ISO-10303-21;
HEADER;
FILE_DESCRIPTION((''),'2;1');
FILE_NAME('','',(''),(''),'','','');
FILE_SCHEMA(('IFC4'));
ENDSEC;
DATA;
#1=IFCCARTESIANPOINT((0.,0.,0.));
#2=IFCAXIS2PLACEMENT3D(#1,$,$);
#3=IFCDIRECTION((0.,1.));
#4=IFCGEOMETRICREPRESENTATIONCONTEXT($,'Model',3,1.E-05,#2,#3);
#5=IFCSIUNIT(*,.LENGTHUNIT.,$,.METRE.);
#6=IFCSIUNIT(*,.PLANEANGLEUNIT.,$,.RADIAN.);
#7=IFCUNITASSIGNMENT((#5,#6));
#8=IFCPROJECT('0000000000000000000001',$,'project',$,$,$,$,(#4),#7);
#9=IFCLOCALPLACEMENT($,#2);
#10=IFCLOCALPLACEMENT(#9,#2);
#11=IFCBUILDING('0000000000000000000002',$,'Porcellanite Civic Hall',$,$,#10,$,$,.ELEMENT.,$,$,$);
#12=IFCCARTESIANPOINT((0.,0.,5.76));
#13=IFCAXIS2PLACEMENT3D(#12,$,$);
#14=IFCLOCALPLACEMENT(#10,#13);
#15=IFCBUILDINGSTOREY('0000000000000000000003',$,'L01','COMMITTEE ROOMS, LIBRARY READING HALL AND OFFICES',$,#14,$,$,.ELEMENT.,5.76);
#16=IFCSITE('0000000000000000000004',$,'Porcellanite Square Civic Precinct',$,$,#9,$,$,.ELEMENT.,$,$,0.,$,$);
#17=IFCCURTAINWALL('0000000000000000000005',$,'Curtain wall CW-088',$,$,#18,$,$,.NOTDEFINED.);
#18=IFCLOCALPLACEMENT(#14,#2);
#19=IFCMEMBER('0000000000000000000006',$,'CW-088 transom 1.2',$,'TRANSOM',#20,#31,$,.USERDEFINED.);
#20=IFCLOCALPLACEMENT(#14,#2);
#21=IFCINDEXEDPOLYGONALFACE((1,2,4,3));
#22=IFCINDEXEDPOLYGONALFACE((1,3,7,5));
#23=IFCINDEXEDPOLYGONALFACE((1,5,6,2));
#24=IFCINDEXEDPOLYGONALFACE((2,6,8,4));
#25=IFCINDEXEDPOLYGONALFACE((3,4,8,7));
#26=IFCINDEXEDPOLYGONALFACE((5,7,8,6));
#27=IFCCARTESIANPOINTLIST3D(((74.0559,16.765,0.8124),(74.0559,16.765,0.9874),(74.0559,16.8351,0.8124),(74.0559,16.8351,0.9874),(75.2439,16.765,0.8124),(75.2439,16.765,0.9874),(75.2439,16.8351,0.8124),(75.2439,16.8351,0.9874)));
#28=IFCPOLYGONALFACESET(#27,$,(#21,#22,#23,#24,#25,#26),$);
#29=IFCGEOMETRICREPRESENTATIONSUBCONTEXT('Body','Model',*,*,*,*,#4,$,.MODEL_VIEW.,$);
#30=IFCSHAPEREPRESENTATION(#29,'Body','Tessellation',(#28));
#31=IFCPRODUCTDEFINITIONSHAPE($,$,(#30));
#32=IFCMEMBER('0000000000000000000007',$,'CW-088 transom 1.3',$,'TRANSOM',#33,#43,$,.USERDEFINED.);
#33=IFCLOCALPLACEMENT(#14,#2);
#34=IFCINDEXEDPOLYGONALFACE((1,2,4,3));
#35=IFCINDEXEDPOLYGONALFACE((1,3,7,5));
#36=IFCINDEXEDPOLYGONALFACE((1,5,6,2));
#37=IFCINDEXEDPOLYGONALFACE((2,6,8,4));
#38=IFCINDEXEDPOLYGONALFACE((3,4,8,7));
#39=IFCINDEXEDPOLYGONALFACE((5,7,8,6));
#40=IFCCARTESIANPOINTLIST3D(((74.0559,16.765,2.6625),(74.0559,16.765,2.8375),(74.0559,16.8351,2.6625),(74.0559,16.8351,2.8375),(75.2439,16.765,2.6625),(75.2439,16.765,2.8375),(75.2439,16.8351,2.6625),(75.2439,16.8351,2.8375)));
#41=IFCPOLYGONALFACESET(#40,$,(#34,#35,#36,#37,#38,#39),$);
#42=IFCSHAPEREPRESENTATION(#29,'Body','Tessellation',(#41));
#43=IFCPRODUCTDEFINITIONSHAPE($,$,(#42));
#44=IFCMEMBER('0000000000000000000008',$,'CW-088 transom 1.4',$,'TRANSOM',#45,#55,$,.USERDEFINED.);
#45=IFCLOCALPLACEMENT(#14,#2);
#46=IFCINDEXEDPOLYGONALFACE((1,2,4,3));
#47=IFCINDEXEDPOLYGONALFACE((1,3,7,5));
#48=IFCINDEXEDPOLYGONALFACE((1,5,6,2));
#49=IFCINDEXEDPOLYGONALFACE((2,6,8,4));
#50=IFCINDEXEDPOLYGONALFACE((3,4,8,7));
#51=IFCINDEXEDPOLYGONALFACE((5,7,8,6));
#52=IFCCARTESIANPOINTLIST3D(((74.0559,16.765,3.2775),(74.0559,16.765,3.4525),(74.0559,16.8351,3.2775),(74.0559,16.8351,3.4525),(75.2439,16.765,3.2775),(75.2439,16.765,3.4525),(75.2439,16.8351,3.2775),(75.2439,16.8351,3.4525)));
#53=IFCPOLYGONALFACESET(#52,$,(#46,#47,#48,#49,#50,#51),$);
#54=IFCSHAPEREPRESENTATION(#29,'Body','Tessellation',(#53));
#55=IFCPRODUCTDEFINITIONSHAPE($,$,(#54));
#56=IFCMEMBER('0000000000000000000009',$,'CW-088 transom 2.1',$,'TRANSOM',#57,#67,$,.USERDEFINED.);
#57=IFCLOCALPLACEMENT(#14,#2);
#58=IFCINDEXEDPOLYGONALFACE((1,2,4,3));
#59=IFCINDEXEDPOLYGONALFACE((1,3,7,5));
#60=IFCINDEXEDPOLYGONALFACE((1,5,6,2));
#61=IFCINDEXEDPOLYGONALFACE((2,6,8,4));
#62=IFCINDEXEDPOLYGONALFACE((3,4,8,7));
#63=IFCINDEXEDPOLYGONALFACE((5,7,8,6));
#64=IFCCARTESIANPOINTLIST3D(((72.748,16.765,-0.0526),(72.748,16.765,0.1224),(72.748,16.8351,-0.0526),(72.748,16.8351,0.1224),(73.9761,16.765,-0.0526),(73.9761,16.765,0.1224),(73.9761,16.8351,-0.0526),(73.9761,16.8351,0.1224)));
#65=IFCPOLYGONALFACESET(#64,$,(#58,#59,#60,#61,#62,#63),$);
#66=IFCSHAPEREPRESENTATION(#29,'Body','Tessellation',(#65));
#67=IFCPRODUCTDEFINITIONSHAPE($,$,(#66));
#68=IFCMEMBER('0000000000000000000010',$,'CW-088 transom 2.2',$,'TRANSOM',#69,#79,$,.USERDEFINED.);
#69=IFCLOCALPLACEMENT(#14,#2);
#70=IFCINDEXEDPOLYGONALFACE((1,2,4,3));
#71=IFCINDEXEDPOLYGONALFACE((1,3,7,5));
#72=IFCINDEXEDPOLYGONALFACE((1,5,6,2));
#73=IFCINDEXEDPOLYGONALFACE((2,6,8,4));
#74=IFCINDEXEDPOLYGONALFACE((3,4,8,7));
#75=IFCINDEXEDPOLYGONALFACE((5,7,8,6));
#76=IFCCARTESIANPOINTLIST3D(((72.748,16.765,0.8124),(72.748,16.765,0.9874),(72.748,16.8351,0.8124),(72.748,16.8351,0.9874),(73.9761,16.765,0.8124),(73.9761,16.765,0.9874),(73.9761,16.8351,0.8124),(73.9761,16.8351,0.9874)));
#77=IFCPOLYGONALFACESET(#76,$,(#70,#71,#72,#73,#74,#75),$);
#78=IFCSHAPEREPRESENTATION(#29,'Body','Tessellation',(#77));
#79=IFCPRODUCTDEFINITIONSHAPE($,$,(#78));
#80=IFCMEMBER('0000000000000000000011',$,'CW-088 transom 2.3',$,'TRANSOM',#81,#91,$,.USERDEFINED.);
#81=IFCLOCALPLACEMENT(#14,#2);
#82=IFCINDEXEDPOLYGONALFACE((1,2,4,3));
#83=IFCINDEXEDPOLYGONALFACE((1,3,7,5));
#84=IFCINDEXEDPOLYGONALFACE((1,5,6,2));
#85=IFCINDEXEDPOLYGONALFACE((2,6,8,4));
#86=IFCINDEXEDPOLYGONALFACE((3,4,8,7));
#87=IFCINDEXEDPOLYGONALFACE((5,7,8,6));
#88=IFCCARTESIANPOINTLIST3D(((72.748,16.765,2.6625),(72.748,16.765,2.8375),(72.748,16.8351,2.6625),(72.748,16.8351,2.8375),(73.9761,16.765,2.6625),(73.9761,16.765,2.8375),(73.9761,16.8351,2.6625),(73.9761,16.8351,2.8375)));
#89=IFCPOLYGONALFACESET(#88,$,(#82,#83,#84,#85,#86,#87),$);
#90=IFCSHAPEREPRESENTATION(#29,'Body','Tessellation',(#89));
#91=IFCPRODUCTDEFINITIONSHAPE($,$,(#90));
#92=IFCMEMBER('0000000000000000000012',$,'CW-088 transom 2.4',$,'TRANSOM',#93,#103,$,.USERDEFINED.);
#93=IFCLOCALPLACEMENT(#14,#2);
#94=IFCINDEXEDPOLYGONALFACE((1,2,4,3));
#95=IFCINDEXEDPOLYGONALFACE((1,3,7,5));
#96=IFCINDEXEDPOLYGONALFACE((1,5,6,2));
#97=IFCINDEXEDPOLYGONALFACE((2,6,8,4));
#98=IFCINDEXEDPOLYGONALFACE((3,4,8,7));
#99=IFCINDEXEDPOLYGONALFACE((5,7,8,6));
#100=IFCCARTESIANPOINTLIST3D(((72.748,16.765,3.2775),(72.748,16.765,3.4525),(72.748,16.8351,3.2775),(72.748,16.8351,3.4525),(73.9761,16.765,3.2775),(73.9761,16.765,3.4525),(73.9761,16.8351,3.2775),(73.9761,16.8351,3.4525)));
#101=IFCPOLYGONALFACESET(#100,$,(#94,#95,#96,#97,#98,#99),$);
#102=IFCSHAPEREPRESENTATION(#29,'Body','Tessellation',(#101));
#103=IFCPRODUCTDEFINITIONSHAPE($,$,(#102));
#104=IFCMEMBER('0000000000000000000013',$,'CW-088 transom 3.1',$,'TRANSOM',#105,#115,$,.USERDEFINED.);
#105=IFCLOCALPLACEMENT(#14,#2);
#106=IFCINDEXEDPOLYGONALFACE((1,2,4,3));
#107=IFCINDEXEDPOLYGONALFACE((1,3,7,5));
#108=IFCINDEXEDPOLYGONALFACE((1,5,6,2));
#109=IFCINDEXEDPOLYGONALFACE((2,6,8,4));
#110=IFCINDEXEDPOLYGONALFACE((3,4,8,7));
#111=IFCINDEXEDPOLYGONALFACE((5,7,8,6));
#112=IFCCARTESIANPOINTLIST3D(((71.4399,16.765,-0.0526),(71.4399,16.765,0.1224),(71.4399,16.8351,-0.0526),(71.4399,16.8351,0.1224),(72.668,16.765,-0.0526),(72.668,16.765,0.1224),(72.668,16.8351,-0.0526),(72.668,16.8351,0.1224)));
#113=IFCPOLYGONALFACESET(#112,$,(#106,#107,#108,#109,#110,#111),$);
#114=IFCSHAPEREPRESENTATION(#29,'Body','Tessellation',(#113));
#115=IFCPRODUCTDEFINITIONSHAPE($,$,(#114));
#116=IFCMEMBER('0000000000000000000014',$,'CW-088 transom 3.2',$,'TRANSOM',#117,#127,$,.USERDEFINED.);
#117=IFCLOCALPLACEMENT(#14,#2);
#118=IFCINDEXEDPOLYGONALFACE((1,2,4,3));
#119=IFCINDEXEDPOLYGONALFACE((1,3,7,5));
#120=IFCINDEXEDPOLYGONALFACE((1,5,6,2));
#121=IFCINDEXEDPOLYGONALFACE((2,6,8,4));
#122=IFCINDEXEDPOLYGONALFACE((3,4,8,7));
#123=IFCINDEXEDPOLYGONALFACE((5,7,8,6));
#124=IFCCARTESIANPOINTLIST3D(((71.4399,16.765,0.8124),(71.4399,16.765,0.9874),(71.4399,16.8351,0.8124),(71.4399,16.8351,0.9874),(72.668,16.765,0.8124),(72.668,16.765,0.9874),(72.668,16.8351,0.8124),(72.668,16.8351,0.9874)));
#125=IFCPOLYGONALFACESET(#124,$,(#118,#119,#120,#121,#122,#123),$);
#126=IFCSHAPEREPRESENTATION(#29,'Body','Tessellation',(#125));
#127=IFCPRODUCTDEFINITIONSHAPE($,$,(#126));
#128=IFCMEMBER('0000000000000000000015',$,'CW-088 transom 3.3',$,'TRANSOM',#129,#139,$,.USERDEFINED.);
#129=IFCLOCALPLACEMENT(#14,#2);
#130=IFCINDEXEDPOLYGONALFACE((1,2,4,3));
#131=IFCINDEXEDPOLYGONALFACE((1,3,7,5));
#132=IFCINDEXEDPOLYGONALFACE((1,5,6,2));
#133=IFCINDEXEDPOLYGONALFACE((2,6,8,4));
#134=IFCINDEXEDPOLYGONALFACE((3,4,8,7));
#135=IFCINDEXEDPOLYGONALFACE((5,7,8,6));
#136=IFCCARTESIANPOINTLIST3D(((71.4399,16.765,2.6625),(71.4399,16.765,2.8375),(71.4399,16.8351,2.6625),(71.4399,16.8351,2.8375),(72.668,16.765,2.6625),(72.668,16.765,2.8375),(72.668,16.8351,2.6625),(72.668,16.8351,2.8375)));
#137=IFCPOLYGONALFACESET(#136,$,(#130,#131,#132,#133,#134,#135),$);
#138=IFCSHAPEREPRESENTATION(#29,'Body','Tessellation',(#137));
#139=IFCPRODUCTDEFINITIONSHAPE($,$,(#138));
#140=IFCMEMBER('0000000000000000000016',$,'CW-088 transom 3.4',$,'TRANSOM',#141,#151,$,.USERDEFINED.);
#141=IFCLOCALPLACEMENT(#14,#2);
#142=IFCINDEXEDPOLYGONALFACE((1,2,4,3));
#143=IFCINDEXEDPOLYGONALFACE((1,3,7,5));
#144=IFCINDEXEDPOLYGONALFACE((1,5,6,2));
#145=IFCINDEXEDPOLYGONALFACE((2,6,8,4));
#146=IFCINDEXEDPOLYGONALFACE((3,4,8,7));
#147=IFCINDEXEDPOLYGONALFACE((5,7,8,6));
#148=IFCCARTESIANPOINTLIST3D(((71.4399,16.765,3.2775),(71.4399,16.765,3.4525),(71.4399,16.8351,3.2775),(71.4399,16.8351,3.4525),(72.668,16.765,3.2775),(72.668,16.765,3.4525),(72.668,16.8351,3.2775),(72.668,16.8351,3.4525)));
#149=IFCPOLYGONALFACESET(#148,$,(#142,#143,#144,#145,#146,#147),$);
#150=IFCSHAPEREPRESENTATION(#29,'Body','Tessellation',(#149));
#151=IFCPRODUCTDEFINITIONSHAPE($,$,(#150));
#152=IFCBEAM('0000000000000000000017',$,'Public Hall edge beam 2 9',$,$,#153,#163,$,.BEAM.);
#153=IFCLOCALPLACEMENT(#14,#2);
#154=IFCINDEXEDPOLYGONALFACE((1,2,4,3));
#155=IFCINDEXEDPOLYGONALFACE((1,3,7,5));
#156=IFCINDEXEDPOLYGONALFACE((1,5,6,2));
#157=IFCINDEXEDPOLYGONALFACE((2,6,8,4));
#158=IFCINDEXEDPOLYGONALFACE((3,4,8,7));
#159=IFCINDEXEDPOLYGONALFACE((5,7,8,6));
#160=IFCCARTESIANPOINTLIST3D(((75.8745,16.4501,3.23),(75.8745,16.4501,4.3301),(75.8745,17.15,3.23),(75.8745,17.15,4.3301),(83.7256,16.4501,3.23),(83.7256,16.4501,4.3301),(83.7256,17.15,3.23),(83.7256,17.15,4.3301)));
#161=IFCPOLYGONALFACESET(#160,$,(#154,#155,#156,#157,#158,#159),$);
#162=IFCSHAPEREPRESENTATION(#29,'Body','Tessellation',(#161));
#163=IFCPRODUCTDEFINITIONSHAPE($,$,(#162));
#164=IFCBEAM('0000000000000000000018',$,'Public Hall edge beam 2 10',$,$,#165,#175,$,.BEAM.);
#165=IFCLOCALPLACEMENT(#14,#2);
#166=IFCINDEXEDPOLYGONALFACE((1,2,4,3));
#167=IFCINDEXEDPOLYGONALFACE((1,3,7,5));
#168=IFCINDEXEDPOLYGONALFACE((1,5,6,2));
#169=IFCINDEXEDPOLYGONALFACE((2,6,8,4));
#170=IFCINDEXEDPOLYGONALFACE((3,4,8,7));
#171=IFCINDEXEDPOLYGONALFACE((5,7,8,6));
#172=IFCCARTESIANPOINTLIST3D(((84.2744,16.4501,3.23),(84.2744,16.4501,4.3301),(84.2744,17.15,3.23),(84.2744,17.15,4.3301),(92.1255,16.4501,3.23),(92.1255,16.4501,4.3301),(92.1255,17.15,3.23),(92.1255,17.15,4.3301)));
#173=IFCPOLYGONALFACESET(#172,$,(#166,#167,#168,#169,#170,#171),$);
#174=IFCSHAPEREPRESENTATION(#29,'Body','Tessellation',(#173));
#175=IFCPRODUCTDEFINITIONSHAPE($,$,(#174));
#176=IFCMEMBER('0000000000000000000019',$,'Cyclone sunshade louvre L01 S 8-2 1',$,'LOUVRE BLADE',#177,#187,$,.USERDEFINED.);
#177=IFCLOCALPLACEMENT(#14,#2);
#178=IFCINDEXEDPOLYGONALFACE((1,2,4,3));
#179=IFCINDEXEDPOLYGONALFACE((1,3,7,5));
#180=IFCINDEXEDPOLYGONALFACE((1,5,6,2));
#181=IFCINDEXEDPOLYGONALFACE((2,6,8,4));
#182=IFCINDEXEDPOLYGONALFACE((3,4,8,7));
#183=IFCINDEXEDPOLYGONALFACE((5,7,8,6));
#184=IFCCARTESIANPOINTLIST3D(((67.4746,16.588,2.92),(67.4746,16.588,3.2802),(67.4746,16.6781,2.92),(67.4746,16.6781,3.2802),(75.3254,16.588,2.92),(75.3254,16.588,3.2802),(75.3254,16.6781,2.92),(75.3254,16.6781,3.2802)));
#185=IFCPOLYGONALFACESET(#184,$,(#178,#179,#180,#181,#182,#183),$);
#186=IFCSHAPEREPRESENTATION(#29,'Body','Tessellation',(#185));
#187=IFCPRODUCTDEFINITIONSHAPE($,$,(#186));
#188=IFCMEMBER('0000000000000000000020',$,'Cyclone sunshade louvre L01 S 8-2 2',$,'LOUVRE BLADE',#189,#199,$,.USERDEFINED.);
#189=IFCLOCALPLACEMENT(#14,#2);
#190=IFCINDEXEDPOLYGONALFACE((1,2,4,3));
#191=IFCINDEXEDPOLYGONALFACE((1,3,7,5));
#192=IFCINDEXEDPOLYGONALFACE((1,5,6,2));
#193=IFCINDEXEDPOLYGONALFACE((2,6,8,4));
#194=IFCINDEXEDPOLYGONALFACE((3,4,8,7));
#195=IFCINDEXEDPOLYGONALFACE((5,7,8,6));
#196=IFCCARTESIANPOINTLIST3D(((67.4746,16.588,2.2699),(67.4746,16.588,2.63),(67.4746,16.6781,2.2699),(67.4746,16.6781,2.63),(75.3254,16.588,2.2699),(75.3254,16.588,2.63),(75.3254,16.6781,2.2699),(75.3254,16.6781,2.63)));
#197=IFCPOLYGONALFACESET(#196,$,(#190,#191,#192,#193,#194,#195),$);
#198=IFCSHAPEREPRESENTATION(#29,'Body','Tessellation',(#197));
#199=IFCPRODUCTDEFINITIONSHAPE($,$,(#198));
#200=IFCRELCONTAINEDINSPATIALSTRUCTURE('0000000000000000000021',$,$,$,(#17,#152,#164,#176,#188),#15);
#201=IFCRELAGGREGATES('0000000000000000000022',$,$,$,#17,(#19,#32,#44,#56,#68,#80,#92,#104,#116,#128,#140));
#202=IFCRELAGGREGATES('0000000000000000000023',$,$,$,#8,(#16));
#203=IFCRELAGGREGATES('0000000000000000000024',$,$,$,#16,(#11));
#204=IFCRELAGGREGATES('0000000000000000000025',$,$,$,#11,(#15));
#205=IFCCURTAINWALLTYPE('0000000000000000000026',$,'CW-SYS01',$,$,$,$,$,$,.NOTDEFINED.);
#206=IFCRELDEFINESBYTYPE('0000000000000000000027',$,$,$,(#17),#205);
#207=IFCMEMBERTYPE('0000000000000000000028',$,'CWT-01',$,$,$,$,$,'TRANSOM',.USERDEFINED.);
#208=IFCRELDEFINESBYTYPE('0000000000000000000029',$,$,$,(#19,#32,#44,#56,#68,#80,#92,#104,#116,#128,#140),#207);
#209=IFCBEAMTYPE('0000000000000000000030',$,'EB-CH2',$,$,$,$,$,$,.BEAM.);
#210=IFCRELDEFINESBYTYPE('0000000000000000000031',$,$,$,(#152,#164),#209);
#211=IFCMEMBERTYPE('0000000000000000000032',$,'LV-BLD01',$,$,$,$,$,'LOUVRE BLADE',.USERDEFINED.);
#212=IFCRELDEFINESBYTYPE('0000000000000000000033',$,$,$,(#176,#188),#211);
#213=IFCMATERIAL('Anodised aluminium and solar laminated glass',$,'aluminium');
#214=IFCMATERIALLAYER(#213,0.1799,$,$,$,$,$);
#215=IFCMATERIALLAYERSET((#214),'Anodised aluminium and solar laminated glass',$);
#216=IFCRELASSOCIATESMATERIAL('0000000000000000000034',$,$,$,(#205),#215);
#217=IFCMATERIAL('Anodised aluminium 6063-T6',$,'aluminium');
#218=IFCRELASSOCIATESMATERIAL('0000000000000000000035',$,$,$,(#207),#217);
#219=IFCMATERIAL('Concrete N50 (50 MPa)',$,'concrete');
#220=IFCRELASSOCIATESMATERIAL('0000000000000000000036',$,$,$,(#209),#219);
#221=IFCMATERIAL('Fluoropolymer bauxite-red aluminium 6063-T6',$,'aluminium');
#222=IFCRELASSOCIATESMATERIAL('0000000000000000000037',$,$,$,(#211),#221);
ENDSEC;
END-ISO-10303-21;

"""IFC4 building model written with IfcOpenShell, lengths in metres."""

from ifc_helpers import new_model, si_unit, direction, frame, origin, origin_2d, place, context, subcontext, project, spatial, rectangle, extrude, material, layer, layer_set, material_profile, profile_set, type_object, element, aggregate, save


model = new_model("IFC4")

# Units and contexts
model_context = context("Model", 3, precision=1e-05, world=origin(), true_north=direction((0.0, 1.0)))
body_context = subcontext(model_context, "Body", "Model", "MODEL_VIEW")
ifc_project = project(units=[si_unit("LENGTHUNIT", "METRE"), si_unit("PLANEANGLEUNIT", "RADIAN")], contexts=[model_context])

# Site, building, storey
site_placement = place(None, origin())
site = spatial("IfcSite", under=ifc_project, at=site_placement, Name="Porcellanite Square Civic Precinct", CompositionType="ELEMENT", RefElevation=0.0)
building_placement = place(site_placement, origin())
building = spatial("IfcBuilding", under=site, at=building_placement, Name="Porcellanite Civic Hall", CompositionType="ELEMENT")
storey_placement = place(building_placement, frame((0.0, 0.0, 5.76)))
storey = spatial("IfcBuildingStorey", under=building, at=storey_placement, Name="L01", Description="COMMITTEE ROOMS, LIBRARY READING HALL AND OFFICES", CompositionType="ELEMENT", Elevation=5.76)

# Curtain wall
ifc_material_1 = material(Name="Anodised aluminium and solar laminated glass", Category="aluminium")
ifc_layer_1 = layer(ifc_material_1, 0.1799)
ifc_layer_set_1 = layer_set([ifc_layer_1], Name="Anodised aluminium and solar laminated glass")
curtain_wall_type = type_object("IfcCurtainWallType", Name="CW-SYS01", PredefinedType="NOTDEFINED", material=ifc_layer_set_1)
curtain_wall_1_placement = place(storey_placement, origin())
curtain_wall_1 = element("IfcCurtainWall", 1, at=curtain_wall_1_placement, inside=storey, type_object=curtain_wall_type, Name="Curtain wall CW-088", PredefinedType="NOTDEFINED")

# Members
ifc_material_2 = material(Name="Anodised aluminium 6063-T6", Category="aluminium")
ifc_material_profile_1 = material_profile(ifc_material_2, rectangle(XDim=0.0701, YDim=0.175, at=origin_2d()), Name="AL-70x175")
ifc_profile_set_1 = profile_set([ifc_material_profile_1], Name="Anodised aluminium 6063-T6")
member_type_1 = type_object("IfcMemberType", Name="CWT-01", ElementType="TRANSOM", PredefinedType="USERDEFINED", material=ifc_profile_set_1)
member_1_placement = place(storey_placement, frame((75.2439, 16.8, 0.8999), z_axis=(-1.0, 0.0, 0.0), x_axis=(0.0, -1.0, 0.0)))
member_1 = element("IfcMember", 2, at=member_1_placement, type_object=member_type_1, Name="CW-088 transom 1.2", ObjectType="TRANSOM", PredefinedType="USERDEFINED", context=body_context, shape_type="SweptSolid", body=[
    extrude(rectangle(XDim=0.0701, YDim=0.175, at=origin_2d()), origin(), (0.0, 0.0, 1.0), 1.188),
])
member_2_placement = place(storey_placement, frame((75.2439, 16.8, 2.75), z_axis=(-1.0, 0.0, 0.0), x_axis=(0.0, -1.0, 0.0)))
member_2 = element("IfcMember", 3, at=member_2_placement, type_object=member_type_1, Name="CW-088 transom 1.3", ObjectType="TRANSOM", PredefinedType="USERDEFINED", context=body_context, shape_type="SweptSolid", body=[
    extrude(rectangle(XDim=0.0701, YDim=0.175, at=origin_2d()), origin(), (0.0, 0.0, 1.0), 1.188),
])
member_3_placement = place(storey_placement, frame((75.2439, 16.8, 3.365), z_axis=(-1.0, 0.0, 0.0), x_axis=(0.0, -1.0, 0.0)))
member_3 = element("IfcMember", 4, at=member_3_placement, type_object=member_type_1, Name="CW-088 transom 1.4", ObjectType="TRANSOM", PredefinedType="USERDEFINED", context=body_context, shape_type="SweptSolid", body=[
    extrude(rectangle(XDim=0.0701, YDim=0.175, at=origin_2d()), origin(), (0.0, 0.0, 1.0), 1.188),
])
member_4_placement = place(storey_placement, frame((73.9761, 16.8, 0.0349), z_axis=(-1.0, 0.0, 0.0), x_axis=(0.0, -1.0, 0.0)))
member_4 = element("IfcMember", 5, at=member_4_placement, type_object=member_type_1, Name="CW-088 transom 2.1", ObjectType="TRANSOM", PredefinedType="USERDEFINED", context=body_context, shape_type="SweptSolid", body=[
    extrude(rectangle(XDim=0.0701, YDim=0.175, at=origin_2d()), origin(), (0.0, 0.0, 1.0), 1.228),
])
member_5_placement = place(storey_placement, frame((73.9761, 16.8, 0.8999), z_axis=(-1.0, 0.0, 0.0), x_axis=(0.0, -1.0, 0.0)))
member_5 = element("IfcMember", 6, at=member_5_placement, type_object=member_type_1, Name="CW-088 transom 2.2", ObjectType="TRANSOM", PredefinedType="USERDEFINED", context=body_context, shape_type="SweptSolid", body=[
    extrude(rectangle(XDim=0.0701, YDim=0.175, at=origin_2d()), origin(), (0.0, 0.0, 1.0), 1.228),
])
member_6_placement = place(storey_placement, frame((73.9761, 16.8, 2.75), z_axis=(-1.0, 0.0, 0.0), x_axis=(0.0, -1.0, 0.0)))
member_6 = element("IfcMember", 7, at=member_6_placement, type_object=member_type_1, Name="CW-088 transom 2.3", ObjectType="TRANSOM", PredefinedType="USERDEFINED", context=body_context, shape_type="SweptSolid", body=[
    extrude(rectangle(XDim=0.0701, YDim=0.175, at=origin_2d()), origin(), (0.0, 0.0, 1.0), 1.228),
])
member_7_placement = place(storey_placement, frame((73.9761, 16.8, 3.365), z_axis=(-1.0, 0.0, 0.0), x_axis=(0.0, -1.0, 0.0)))
member_7 = element("IfcMember", 8, at=member_7_placement, type_object=member_type_1, Name="CW-088 transom 2.4", ObjectType="TRANSOM", PredefinedType="USERDEFINED", context=body_context, shape_type="SweptSolid", body=[
    extrude(rectangle(XDim=0.0701, YDim=0.175, at=origin_2d()), origin(), (0.0, 0.0, 1.0), 1.228),
])
member_8_placement = place(storey_placement, frame((72.668, 16.8, 0.0349), z_axis=(-1.0, 0.0, 0.0), x_axis=(0.0, -1.0, 0.0)))
member_8 = element("IfcMember", 9, at=member_8_placement, type_object=member_type_1, Name="CW-088 transom 3.1", ObjectType="TRANSOM", PredefinedType="USERDEFINED", context=body_context, shape_type="SweptSolid", body=[
    extrude(rectangle(XDim=0.0701, YDim=0.175, at=origin_2d()), origin(), (0.0, 0.0, 1.0), 1.228),
])
member_9_placement = place(storey_placement, frame((72.668, 16.8, 0.8999), z_axis=(-1.0, 0.0, 0.0), x_axis=(0.0, -1.0, 0.0)))
member_9 = element("IfcMember", 10, at=member_9_placement, type_object=member_type_1, Name="CW-088 transom 3.2", ObjectType="TRANSOM", PredefinedType="USERDEFINED", context=body_context, shape_type="SweptSolid", body=[
    extrude(rectangle(XDim=0.0701, YDim=0.175, at=origin_2d()), origin(), (0.0, 0.0, 1.0), 1.228),
])
member_10_placement = place(storey_placement, frame((72.668, 16.8, 2.75), z_axis=(-1.0, 0.0, 0.0), x_axis=(0.0, -1.0, 0.0)))
member_10 = element("IfcMember", 11, at=member_10_placement, type_object=member_type_1, Name="CW-088 transom 3.3", ObjectType="TRANSOM", PredefinedType="USERDEFINED", context=body_context, shape_type="SweptSolid", body=[
    extrude(rectangle(XDim=0.0701, YDim=0.175, at=origin_2d()), origin(), (0.0, 0.0, 1.0), 1.228),
])
member_11_placement = place(storey_placement, frame((72.668, 16.8, 3.365), z_axis=(-1.0, 0.0, 0.0), x_axis=(0.0, -1.0, 0.0)))
member_11 = element("IfcMember", 12, at=member_11_placement, type_object=member_type_1, Name="CW-088 transom 3.4", ObjectType="TRANSOM", PredefinedType="USERDEFINED", context=body_context, shape_type="SweptSolid", body=[
    extrude(rectangle(XDim=0.0701, YDim=0.175, at=origin_2d()), origin(), (0.0, 0.0, 1.0), 1.228),
])

# Beams
ifc_material_3 = material(Name="Concrete N50 (50 MPa)", Category="concrete")
ifc_material_profile_2 = material_profile(ifc_material_3, rectangle(XDim=0.7, YDim=1.1001, at=origin_2d()), Name="RC-700x1100")
ifc_profile_set_2 = profile_set([ifc_material_profile_2], Name="Concrete N50 (50 MPa)")
beam_type_1 = type_object("IfcBeamType", Name="EB-CH2", PredefinedType="BEAM", material=ifc_profile_set_2)
for number, where, z_axis, x_axis, name in (
    (13, (75.8745, 16.8, 3.78), (1.0, 0.0, 0.0), (0.0, 1.0, 0.0), "Public Hall edge beam 2 9"),
    (14, (84.2744, 16.8, 3.78), (1.0, 0.0, 0.0), (0.0, 1.0, 0.0), "Public Hall edge beam 2 10"),
):
    element("IfcBeam", number, at=place(storey_placement, frame(where, z_axis=z_axis, x_axis=x_axis)), inside=storey, type_object=beam_type_1, Name=name, PredefinedType="BEAM", context=body_context, shape_type="SweptSolid", body=[
        extrude(rectangle(XDim=0.7, YDim=1.1001, at=origin_2d()), origin(), (0.0, 0.0, 1.0), 7.8511),
    ])

# Members
ifc_material_4 = material(Name="Fluoropolymer bauxite-red aluminium 6063-T6", Category="aluminium")
ifc_material_profile_3 = material_profile(ifc_material_4, rectangle(XDim=0.0901, YDim=0.3601, at=origin_2d()), Name="AL-90x360")
ifc_profile_set_3 = profile_set([ifc_material_profile_3], Name="Fluoropolymer bauxite-red aluminium 6063-T6")
member_type_2 = type_object("IfcMemberType", Name="LV-BLD01", ElementType="LOUVRE BLADE", PredefinedType="USERDEFINED", material=ifc_profile_set_3)
for number, where, z_axis, x_axis, name in (
    (15, (75.3254, 16.6331, 3.1001), (-1.0, 0.0, 0.0), (0.0, -1.0, 0.0), "Cyclone sunshade louvre L01 S 8-2 1"),
    (16, (75.3254, 16.6331, 2.45), (-1.0, 0.0, 0.0), (0.0, -1.0, 0.0), "Cyclone sunshade louvre L01 S 8-2 2"),
):
    element("IfcMember", number, at=place(storey_placement, frame(where, z_axis=z_axis, x_axis=x_axis)), inside=storey, type_object=member_type_2, Name=name, ObjectType="LOUVRE BLADE", PredefinedType="USERDEFINED", context=body_context, shape_type="SweptSolid", body=[
        extrude(rectangle(XDim=0.0901, YDim=0.3601, at=origin_2d()), origin(), (0.0, 0.0, 1.0), 7.8508),
    ])

aggregate(curtain_wall_1, [member_1, member_2, member_3, member_4, member_5, member_6, member_7, member_8, member_9, member_10, member_11])

save(model, "model.ifc")
